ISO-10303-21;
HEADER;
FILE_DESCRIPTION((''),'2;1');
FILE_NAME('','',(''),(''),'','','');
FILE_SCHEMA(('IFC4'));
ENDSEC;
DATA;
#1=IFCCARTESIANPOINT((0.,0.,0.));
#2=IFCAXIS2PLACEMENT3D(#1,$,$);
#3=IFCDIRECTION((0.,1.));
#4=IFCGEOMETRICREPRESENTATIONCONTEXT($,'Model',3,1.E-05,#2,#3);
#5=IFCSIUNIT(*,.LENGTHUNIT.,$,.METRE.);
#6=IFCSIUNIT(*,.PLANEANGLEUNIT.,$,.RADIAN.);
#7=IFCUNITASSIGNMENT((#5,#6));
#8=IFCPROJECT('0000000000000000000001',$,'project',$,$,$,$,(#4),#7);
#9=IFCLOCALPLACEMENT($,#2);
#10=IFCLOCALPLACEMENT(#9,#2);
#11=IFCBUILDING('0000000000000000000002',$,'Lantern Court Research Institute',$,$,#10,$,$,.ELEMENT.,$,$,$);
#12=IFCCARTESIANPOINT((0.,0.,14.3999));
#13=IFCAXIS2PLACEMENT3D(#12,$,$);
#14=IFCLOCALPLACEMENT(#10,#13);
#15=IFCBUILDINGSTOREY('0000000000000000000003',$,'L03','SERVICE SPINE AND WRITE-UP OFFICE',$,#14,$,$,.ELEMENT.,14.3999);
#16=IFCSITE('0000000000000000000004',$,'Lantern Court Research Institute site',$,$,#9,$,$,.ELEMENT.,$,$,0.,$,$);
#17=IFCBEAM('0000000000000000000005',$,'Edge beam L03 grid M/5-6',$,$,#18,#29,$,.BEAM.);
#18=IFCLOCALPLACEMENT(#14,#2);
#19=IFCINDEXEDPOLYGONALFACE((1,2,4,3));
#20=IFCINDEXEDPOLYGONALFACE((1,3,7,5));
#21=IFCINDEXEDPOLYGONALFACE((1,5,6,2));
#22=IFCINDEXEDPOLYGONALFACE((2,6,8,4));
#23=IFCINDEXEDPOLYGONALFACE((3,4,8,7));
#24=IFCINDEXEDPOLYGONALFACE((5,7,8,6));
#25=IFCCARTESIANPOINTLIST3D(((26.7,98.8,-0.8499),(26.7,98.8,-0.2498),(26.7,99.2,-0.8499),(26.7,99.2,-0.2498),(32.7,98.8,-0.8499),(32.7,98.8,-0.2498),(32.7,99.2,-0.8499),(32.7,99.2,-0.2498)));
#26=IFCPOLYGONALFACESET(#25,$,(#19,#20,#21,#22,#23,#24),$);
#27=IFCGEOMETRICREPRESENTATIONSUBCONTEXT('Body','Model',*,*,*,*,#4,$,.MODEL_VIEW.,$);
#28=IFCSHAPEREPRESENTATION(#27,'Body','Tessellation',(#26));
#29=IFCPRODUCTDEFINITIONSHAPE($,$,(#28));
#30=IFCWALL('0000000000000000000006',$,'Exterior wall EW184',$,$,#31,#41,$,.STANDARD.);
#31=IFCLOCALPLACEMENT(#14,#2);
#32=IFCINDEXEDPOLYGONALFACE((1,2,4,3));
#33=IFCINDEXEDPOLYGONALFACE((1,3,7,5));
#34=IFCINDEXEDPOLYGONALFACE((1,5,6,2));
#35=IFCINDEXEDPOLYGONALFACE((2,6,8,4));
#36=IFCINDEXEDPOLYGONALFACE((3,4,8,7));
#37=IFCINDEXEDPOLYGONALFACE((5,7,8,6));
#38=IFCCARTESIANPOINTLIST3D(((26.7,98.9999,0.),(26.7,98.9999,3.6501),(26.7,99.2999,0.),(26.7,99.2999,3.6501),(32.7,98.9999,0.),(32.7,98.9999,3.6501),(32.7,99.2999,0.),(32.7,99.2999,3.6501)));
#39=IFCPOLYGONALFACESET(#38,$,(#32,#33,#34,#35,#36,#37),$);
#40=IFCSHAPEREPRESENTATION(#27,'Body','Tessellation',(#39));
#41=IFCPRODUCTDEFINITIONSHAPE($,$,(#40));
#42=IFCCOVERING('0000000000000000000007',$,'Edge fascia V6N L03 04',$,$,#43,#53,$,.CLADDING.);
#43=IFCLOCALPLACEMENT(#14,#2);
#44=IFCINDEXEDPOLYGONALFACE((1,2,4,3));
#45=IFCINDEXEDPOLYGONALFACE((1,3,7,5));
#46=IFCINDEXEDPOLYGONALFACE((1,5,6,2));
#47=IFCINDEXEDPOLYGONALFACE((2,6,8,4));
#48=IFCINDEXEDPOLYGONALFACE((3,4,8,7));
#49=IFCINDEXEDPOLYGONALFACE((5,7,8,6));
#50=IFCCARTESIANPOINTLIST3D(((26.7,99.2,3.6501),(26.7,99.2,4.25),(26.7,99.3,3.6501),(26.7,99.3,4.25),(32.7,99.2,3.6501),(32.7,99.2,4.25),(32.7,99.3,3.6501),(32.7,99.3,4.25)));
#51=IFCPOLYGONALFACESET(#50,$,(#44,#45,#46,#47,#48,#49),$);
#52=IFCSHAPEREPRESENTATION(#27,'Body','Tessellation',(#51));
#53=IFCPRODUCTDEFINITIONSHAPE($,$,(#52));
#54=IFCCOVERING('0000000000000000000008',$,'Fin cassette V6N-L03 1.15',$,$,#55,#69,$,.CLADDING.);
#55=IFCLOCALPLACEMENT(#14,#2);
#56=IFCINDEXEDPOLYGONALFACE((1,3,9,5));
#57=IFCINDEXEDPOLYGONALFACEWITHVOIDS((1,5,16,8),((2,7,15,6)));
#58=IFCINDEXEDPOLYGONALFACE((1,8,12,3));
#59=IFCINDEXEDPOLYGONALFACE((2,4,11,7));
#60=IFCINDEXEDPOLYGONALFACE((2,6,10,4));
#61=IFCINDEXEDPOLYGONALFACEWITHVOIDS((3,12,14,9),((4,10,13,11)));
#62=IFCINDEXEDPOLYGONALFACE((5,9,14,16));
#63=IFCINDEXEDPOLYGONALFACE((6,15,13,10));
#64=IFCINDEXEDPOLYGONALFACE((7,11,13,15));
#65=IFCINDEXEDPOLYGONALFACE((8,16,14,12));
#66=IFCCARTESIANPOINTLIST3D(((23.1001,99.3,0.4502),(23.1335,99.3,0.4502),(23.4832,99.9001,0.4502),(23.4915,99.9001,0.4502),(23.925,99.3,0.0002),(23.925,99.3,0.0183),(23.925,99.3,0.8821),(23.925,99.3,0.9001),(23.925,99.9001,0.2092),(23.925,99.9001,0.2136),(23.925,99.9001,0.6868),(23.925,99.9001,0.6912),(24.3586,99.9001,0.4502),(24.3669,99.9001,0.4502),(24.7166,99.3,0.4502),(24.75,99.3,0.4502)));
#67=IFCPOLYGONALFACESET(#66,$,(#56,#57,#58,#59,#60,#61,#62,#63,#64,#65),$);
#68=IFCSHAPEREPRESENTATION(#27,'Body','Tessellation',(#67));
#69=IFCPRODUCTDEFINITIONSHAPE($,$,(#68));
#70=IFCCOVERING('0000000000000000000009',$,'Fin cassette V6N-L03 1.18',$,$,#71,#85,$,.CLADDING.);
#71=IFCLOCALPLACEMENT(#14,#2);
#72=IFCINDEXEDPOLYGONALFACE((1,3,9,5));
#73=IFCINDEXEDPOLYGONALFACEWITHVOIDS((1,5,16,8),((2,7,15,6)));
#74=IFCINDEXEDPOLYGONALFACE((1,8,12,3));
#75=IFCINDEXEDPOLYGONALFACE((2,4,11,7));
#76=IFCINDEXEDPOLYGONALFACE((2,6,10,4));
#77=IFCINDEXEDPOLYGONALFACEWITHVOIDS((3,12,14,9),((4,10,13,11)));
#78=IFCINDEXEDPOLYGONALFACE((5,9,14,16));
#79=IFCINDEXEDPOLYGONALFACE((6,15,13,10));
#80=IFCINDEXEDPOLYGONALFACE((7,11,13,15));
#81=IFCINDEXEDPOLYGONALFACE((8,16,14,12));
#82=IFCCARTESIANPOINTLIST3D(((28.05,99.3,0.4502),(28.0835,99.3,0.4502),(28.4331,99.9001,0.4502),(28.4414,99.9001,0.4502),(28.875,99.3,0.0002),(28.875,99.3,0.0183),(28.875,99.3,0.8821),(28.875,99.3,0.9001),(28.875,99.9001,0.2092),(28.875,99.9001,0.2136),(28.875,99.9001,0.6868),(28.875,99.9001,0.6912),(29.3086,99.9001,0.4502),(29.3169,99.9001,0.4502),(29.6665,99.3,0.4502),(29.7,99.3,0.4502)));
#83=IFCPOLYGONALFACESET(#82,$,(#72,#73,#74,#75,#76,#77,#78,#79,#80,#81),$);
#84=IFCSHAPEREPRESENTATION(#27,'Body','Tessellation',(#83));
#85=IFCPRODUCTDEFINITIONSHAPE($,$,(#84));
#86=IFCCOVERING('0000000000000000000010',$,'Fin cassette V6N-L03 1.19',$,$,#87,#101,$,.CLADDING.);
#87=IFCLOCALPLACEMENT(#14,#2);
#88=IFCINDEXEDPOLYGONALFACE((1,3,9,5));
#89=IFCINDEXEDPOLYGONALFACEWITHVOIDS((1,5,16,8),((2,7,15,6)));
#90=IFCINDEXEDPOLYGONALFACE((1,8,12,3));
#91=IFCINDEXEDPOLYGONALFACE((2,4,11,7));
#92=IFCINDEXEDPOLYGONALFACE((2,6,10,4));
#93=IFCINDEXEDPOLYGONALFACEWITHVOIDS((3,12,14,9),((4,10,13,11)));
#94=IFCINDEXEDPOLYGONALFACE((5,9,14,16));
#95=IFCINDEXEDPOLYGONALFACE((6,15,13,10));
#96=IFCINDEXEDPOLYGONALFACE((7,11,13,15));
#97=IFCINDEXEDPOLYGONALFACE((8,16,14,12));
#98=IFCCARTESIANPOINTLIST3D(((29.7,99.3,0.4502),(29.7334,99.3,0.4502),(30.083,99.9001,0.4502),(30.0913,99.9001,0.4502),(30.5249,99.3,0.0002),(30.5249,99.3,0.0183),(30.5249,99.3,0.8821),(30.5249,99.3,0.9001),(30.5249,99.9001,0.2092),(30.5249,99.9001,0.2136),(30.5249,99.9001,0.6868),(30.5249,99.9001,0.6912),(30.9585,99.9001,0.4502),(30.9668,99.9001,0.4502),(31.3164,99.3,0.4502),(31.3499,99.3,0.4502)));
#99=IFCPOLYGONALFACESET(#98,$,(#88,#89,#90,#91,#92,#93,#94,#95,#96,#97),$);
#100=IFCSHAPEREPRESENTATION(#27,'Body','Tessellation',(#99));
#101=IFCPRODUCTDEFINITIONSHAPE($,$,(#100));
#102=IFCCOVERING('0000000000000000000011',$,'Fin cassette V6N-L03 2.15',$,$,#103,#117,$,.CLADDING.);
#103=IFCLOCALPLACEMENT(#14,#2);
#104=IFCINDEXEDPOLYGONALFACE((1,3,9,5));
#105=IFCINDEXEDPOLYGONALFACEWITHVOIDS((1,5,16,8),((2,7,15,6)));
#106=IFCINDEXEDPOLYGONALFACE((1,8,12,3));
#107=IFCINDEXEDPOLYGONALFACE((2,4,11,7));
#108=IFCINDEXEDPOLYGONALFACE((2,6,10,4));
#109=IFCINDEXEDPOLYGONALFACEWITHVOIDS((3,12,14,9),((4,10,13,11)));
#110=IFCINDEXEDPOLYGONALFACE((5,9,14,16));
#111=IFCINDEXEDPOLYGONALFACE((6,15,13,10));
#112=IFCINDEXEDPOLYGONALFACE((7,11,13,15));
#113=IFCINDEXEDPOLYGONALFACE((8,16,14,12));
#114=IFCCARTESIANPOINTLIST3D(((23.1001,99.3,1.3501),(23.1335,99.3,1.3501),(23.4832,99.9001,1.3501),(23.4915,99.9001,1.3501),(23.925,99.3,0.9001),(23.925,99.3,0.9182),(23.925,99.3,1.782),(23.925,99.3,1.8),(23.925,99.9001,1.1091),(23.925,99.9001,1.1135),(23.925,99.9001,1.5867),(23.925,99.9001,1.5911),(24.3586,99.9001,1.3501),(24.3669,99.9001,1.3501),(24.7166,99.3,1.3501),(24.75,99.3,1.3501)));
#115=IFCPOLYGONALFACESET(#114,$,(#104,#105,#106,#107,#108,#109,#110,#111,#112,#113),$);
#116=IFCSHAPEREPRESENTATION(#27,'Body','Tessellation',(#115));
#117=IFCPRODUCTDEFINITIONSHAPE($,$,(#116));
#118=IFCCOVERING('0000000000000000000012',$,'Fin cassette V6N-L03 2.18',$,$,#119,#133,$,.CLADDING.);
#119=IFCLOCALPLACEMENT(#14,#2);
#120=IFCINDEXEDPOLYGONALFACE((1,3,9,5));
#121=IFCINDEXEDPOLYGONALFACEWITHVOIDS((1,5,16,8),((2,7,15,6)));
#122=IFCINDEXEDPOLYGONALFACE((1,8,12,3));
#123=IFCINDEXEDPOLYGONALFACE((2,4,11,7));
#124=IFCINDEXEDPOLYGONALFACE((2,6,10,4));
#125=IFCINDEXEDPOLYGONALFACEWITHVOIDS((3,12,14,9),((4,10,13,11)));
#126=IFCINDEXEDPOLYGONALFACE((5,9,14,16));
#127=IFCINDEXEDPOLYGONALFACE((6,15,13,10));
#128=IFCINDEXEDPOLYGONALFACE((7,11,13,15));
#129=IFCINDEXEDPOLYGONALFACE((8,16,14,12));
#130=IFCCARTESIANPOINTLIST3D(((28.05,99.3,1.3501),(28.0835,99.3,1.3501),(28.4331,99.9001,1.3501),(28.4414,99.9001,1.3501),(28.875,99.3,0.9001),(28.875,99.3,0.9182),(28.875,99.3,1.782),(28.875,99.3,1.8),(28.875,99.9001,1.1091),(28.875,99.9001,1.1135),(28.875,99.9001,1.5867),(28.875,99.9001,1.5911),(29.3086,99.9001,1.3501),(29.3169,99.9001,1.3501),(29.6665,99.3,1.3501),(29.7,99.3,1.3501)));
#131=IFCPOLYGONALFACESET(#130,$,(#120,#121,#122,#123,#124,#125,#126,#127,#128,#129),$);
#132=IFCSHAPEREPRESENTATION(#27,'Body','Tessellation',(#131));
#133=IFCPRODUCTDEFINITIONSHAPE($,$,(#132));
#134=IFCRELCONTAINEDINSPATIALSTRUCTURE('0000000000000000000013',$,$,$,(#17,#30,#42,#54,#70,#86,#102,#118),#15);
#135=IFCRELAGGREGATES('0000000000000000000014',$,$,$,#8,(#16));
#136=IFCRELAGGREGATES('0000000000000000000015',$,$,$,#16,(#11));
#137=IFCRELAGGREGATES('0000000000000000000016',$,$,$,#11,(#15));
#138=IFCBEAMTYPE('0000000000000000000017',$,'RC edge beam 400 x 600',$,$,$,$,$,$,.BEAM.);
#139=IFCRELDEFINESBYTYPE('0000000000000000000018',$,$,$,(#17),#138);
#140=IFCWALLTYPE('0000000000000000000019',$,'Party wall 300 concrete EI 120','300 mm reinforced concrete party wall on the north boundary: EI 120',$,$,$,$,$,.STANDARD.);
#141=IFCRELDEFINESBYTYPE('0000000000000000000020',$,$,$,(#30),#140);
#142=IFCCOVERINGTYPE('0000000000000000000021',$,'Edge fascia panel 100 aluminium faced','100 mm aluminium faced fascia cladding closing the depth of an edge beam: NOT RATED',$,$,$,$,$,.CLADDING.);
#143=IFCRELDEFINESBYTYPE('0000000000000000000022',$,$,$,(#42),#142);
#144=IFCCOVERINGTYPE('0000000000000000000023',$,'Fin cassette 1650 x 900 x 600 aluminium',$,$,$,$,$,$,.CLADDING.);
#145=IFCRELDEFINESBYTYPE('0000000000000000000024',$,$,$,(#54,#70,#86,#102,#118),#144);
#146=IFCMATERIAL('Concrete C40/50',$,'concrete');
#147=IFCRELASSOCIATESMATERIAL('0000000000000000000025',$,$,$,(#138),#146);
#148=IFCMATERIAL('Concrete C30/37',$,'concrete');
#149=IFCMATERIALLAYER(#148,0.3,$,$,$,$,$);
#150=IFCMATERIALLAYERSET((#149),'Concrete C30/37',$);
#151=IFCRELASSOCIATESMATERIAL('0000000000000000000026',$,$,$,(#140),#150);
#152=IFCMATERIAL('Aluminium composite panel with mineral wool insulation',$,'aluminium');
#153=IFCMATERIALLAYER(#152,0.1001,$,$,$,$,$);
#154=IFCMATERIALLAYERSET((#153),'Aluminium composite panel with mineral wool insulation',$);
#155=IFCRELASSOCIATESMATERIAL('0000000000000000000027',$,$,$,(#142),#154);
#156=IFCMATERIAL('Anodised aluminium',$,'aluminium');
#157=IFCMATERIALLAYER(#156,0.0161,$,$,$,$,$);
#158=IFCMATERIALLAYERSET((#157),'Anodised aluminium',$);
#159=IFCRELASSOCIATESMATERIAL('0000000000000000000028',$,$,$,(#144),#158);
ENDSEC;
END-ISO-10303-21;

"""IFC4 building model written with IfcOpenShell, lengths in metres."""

from ifc_helpers import new_model, entity, si_unit, direction, frame, frame_2d, origin, origin_2d, place, context, subcontext, project, spatial, rectangle, extrude, material, layer, layer_set, material_profile, profile_set, type_object, element, save


model = new_model("IFC4")

# Units and contexts
model_context = context("Model", 3, precision=1e-05, world=origin(), true_north=direction((0.0, 1.0)))
body_context = subcontext(model_context, "Body", "Model", "MODEL_VIEW")
ifc_project = project(units=[si_unit("LENGTHUNIT", "METRE"), si_unit("PLANEANGLEUNIT", "RADIAN")], contexts=[model_context])

# Site, building, storey
site_placement = place(None, origin())
site = spatial("IfcSite", under=ifc_project, at=site_placement, Name="Lantern Court Research Institute site", CompositionType="ELEMENT", RefElevation=0.0)
building_placement = place(site_placement, origin())
building = spatial("IfcBuilding", under=site, at=building_placement, Name="Lantern Court Research Institute", CompositionType="ELEMENT")
storey_placement = place(building_placement, frame((0.0, 0.0, 14.3999)))
storey = spatial("IfcBuildingStorey", under=building, at=storey_placement, Name="L03", Description="SERVICE SPINE AND WRITE-UP OFFICE", CompositionType="ELEMENT", Elevation=14.3999)

# Beam
ifc_material_1 = material(Name="Concrete C40/50", Category="concrete")
ifc_material_profile = material_profile(ifc_material_1, rectangle(XDim=0.3999, YDim=0.6001, at=origin_2d()), Name="RC beam 400 x 600")
ifc_profile_set = profile_set([ifc_material_profile], Name="Concrete C40/50")
beam_type = type_object("IfcBeamType", Name="RC edge beam 400 x 600", PredefinedType="BEAM", material=ifc_profile_set)
beam_placement = place(storey_placement, frame((26.7, 99.0, -0.5498), z_axis=(1.0, 0.0, 0.0), x_axis=(0.0, 1.0, 0.0)))
element("IfcBeam", 1, at=beam_placement, inside=storey, type_object=beam_type, Name="Edge beam L03 grid M/5-6", PredefinedType="BEAM", context=body_context, shape_type="SweptSolid", body=[
    extrude(rectangle(XDim=0.3999, YDim=0.6001, at=origin_2d()), origin(), (0.0, 0.0, 1.0), 6.0),
])

# Wall
ifc_material_2 = material(Name="Concrete C30/37", Category="concrete")
ifc_layer_1 = layer(ifc_material_2, 0.3)
ifc_layer_set_1 = layer_set([ifc_layer_1], Name="Concrete C30/37")
wall_type = type_object("IfcWallType", Name="Party wall 300 concrete EI 120", Description="300 mm reinforced concrete party wall on the north boundary: EI 120", PredefinedType="STANDARD", material=ifc_layer_set_1)
wall_placement = place(storey_placement, frame((26.7, 99.1499, 0.0), z_axis=(0.0, 0.0, 1.0), x_axis=(1.0, 0.0, 0.0)))
element("IfcWall", 2, at=wall_placement, inside=storey, type_object=wall_type, Name="Exterior wall EW184", PredefinedType="STANDARD", context=body_context, shape_type="SweptSolid", body=[
    extrude(rectangle(XDim=6.0, YDim=0.3, at=frame_2d((3.0, 0.0))), origin(), (0.0, 0.0, 1.0), 3.6501),
])

# Coverings
ifc_material_3 = material(Name="Aluminium composite panel with mineral wool insulation", Category="aluminium")
ifc_layer_2 = layer(ifc_material_3, 0.1001)
ifc_layer_set_2 = layer_set([ifc_layer_2], Name="Aluminium composite panel with mineral wool insulation")
covering_type_1 = type_object("IfcCoveringType", Name="Edge fascia panel 100 aluminium faced", Description="100 mm aluminium faced fascia cladding closing the depth of an edge beam: NOT RATED", PredefinedType="CLADDING", material=ifc_layer_set_2)
covering_1_placement = place(storey_placement, frame((26.7, 99.25, 3.6501), z_axis=(0.0, 0.0, 1.0), x_axis=(1.0, 0.0, 0.0)))
element("IfcCovering", 3, at=covering_1_placement, inside=storey, type_object=covering_type_1, Name="Edge fascia V6N L03 04", PredefinedType="CLADDING", context=body_context, shape_type="SweptSolid", body=[
    extrude(rectangle(XDim=6.0, YDim=0.1001, at=frame_2d((3.0, 0.0))), origin(), (0.0, 0.0, 1.0), 0.5999),
])
ifc_material_4 = material(Name="Anodised aluminium", Category="aluminium")
ifc_layer_3 = layer(ifc_material_4, 0.0161)
ifc_layer_set_3 = layer_set([ifc_layer_3], Name="Anodised aluminium")
covering_type_2 = type_object("IfcCoveringType", Name="Fin cassette 1650 x 900 x 600 aluminium", PredefinedType="CLADDING", material=ifc_layer_set_3)
covering_2_placement = place(storey_placement, frame((23.925, 99.3, 0.4502), z_axis=(0.0, 1.0, 0.0), x_axis=(-1.0, 0.0, 0.0)))
cartesian_point_1 = entity("IfcCartesianPoint", [0.825, 0.0])
cartesian_point_2 = entity("IfcCartesianPoint", [0.7915, 0.0])
cartesian_point_3 = entity("IfcCartesianPoint", [0.4419, 0.0])
cartesian_point_4 = entity("IfcCartesianPoint", [0.4336, 0.0])
element("IfcCovering", 4, at=covering_2_placement, inside=storey, type_object=covering_type_2, Name="Fin cassette V6N-L03 1.15", PredefinedType="CLADDING", context=body_context, shape_type="SweptSolid", body=[
    entity("IfcExtrudedAreaSolidTapered", entity("IfcArbitraryProfileDefWithVoids", "AREA", None, entity("IfcPolyline", [cartesian_point_1, entity("IfcCartesianPoint", [0.0, 0.45]), entity("IfcCartesianPoint", [-0.825, 0.0]), entity("IfcCartesianPoint", [0.0, -0.45]), cartesian_point_1]), [entity("IfcPolyline", [cartesian_point_2, entity("IfcCartesianPoint", [0.0, 0.4319]), entity("IfcCartesianPoint", [-0.7915, 0.0]), entity("IfcCartesianPoint", [0.0, -0.4319]), cartesian_point_2])]), entity("IfcAxis2Placement3D", entity("IfcCartesianPoint", [0.0, 0.0, 0.0])), entity("IfcDirection", [0.0, 0.0, 1.0]), 0.6001, entity("IfcArbitraryProfileDefWithVoids", "AREA", None, entity("IfcPolyline", [cartesian_point_3, entity("IfcCartesianPoint", [0.0, 0.241]), entity("IfcCartesianPoint", [-0.4419, 0.0]), entity("IfcCartesianPoint", [0.0, -0.241]), cartesian_point_3]), [entity("IfcPolyline", [cartesian_point_4, entity("IfcCartesianPoint", [0.0, 0.2366]), entity("IfcCartesianPoint", [-0.4336, 0.0]), entity("IfcCartesianPoint", [0.0, -0.2366]), cartesian_point_4])])),
])
covering_3_placement = place(storey_placement, frame((28.875, 99.3, 0.4502), z_axis=(0.0, 1.0, 0.0), x_axis=(-1.0, 0.0, 0.0)))
cartesian_point_5 = entity("IfcCartesianPoint", [0.825, 0.0])
cartesian_point_6 = entity("IfcCartesianPoint", [0.7915, 0.0])
cartesian_point_7 = entity("IfcCartesianPoint", [0.4419, 0.0])
cartesian_point_8 = entity("IfcCartesianPoint", [0.4336, 0.0])
element("IfcCovering", 5, at=covering_3_placement, inside=storey, type_object=covering_type_2, Name="Fin cassette V6N-L03 1.18", PredefinedType="CLADDING", context=body_context, shape_type="SweptSolid", body=[
    entity("IfcExtrudedAreaSolidTapered", entity("IfcArbitraryProfileDefWithVoids", "AREA", None, entity("IfcPolyline", [cartesian_point_5, entity("IfcCartesianPoint", [0.0, 0.45]), entity("IfcCartesianPoint", [-0.825, 0.0]), entity("IfcCartesianPoint", [0.0, -0.45]), cartesian_point_5]), [entity("IfcPolyline", [cartesian_point_6, entity("IfcCartesianPoint", [0.0, 0.4319]), entity("IfcCartesianPoint", [-0.7915, 0.0]), entity("IfcCartesianPoint", [0.0, -0.4319]), cartesian_point_6])]), entity("IfcAxis2Placement3D", entity("IfcCartesianPoint", [0.0, 0.0, 0.0])), entity("IfcDirection", [0.0, 0.0, 1.0]), 0.6001, entity("IfcArbitraryProfileDefWithVoids", "AREA", None, entity("IfcPolyline", [cartesian_point_7, entity("IfcCartesianPoint", [0.0, 0.241]), entity("IfcCartesianPoint", [-0.4419, 0.0]), entity("IfcCartesianPoint", [0.0, -0.241]), cartesian_point_7]), [entity("IfcPolyline", [cartesian_point_8, entity("IfcCartesianPoint", [0.0, 0.2366]), entity("IfcCartesianPoint", [-0.4336, 0.0]), entity("IfcCartesianPoint", [0.0, -0.2366]), cartesian_point_8])])),
])
covering_4_placement = place(storey_placement, frame((30.5249, 99.3, 0.4502), z_axis=(0.0, 1.0, 0.0), x_axis=(-1.0, 0.0, 0.0)))
cartesian_point_9 = entity("IfcCartesianPoint", [0.825, 0.0])
cartesian_point_10 = entity("IfcCartesianPoint", [0.7915, 0.0])
cartesian_point_11 = entity("IfcCartesianPoint", [0.4419, 0.0])
cartesian_point_12 = entity("IfcCartesianPoint", [0.4336, 0.0])
element("IfcCovering", 6, at=covering_4_placement, inside=storey, type_object=covering_type_2, Name="Fin cassette V6N-L03 1.19", PredefinedType="CLADDING", context=body_context, shape_type="SweptSolid", body=[
    entity("IfcExtrudedAreaSolidTapered", entity("IfcArbitraryProfileDefWithVoids", "AREA", None, entity("IfcPolyline", [cartesian_point_9, entity("IfcCartesianPoint", [0.0, 0.45]), entity("IfcCartesianPoint", [-0.825, 0.0]), entity("IfcCartesianPoint", [0.0, -0.45]), cartesian_point_9]), [entity("IfcPolyline", [cartesian_point_10, entity("IfcCartesianPoint", [0.0, 0.4319]), entity("IfcCartesianPoint", [-0.7915, 0.0]), entity("IfcCartesianPoint", [0.0, -0.4319]), cartesian_point_10])]), entity("IfcAxis2Placement3D", entity("IfcCartesianPoint", [0.0, 0.0, 0.0])), entity("IfcDirection", [0.0, 0.0, 1.0]), 0.6001, entity("IfcArbitraryProfileDefWithVoids", "AREA", None, entity("IfcPolyline", [cartesian_point_11, entity("IfcCartesianPoint", [0.0, 0.241]), entity("IfcCartesianPoint", [-0.4419, 0.0]), entity("IfcCartesianPoint", [0.0, -0.241]), cartesian_point_11]), [entity("IfcPolyline", [cartesian_point_12, entity("IfcCartesianPoint", [0.0, 0.2366]), entity("IfcCartesianPoint", [-0.4336, 0.0]), entity("IfcCartesianPoint", [0.0, -0.2366]), cartesian_point_12])])),
])
covering_5_placement = place(storey_placement, frame((23.925, 99.3, 1.3501), z_axis=(0.0, 1.0, 0.0), x_axis=(-1.0, 0.0, 0.0)))
cartesian_point_13 = entity("IfcCartesianPoint", [0.825, 0.0])
cartesian_point_14 = entity("IfcCartesianPoint", [0.7915, 0.0])
cartesian_point_15 = entity("IfcCartesianPoint", [0.4419, 0.0])
cartesian_point_16 = entity("IfcCartesianPoint", [0.4336, 0.0])
element("IfcCovering", 7, at=covering_5_placement, inside=storey, type_object=covering_type_2, Name="Fin cassette V6N-L03 2.15", PredefinedType="CLADDING", context=body_context, shape_type="SweptSolid", body=[
    entity("IfcExtrudedAreaSolidTapered", entity("IfcArbitraryProfileDefWithVoids", "AREA", None, entity("IfcPolyline", [cartesian_point_13, entity("IfcCartesianPoint", [0.0, 0.45]), entity("IfcCartesianPoint", [-0.825, 0.0]), entity("IfcCartesianPoint", [0.0, -0.45]), cartesian_point_13]), [entity("IfcPolyline", [cartesian_point_14, entity("IfcCartesianPoint", [0.0, 0.4319]), entity("IfcCartesianPoint", [-0.7915, 0.0]), entity("IfcCartesianPoint", [0.0, -0.4319]), cartesian_point_14])]), entity("IfcAxis2Placement3D", entity("IfcCartesianPoint", [0.0, 0.0, 0.0])), entity("IfcDirection", [0.0, 0.0, 1.0]), 0.6001, entity("IfcArbitraryProfileDefWithVoids", "AREA", None, entity("IfcPolyline", [cartesian_point_15, entity("IfcCartesianPoint", [0.0, 0.241]), entity("IfcCartesianPoint", [-0.4419, 0.0]), entity("IfcCartesianPoint", [0.0, -0.241]), cartesian_point_15]), [entity("IfcPolyline", [cartesian_point_16, entity("IfcCartesianPoint", [0.0, 0.2366]), entity("IfcCartesianPoint", [-0.4336, 0.0]), entity("IfcCartesianPoint", [0.0, -0.2366]), cartesian_point_16])])),
])
covering_6_placement = place(storey_placement, frame((28.875, 99.3, 1.3501), z_axis=(0.0, 1.0, 0.0), x_axis=(-1.0, 0.0, 0.0)))
cartesian_point_17 = entity("IfcCartesianPoint", [0.825, 0.0])
cartesian_point_18 = entity("IfcCartesianPoint", [0.7915, 0.0])
cartesian_point_19 = entity("IfcCartesianPoint", [0.4419, 0.0])
cartesian_point_20 = entity("IfcCartesianPoint", [0.4336, 0.0])
element("IfcCovering", 8, at=covering_6_placement, inside=storey, type_object=covering_type_2, Name="Fin cassette V6N-L03 2.18", PredefinedType="CLADDING", context=body_context, shape_type="SweptSolid", body=[
    entity("IfcExtrudedAreaSolidTapered", entity("IfcArbitraryProfileDefWithVoids", "AREA", None, entity("IfcPolyline", [cartesian_point_17, entity("IfcCartesianPoint", [0.0, 0.45]), entity("IfcCartesianPoint", [-0.825, 0.0]), entity("IfcCartesianPoint", [0.0, -0.45]), cartesian_point_17]), [entity("IfcPolyline", [cartesian_point_18, entity("IfcCartesianPoint", [0.0, 0.4319]), entity("IfcCartesianPoint", [-0.7915, 0.0]), entity("IfcCartesianPoint", [0.0, -0.4319]), cartesian_point_18])]), entity("IfcAxis2Placement3D", entity("IfcCartesianPoint", [0.0, 0.0, 0.0])), entity("IfcDirection", [0.0, 0.0, 1.0]), 0.6001, entity("IfcArbitraryProfileDefWithVoids", "AREA", None, entity("IfcPolyline", [cartesian_point_19, entity("IfcCartesianPoint", [0.0, 0.241]), entity("IfcCartesianPoint", [-0.4419, 0.0]), entity("IfcCartesianPoint", [0.0, -0.241]), cartesian_point_19]), [entity("IfcPolyline", [cartesian_point_20, entity("IfcCartesianPoint", [0.0, 0.2366]), entity("IfcCartesianPoint", [-0.4336, 0.0]), entity("IfcCartesianPoint", [0.0, -0.2366]), cartesian_point_20])])),
])

save(model, "model.ifc")
